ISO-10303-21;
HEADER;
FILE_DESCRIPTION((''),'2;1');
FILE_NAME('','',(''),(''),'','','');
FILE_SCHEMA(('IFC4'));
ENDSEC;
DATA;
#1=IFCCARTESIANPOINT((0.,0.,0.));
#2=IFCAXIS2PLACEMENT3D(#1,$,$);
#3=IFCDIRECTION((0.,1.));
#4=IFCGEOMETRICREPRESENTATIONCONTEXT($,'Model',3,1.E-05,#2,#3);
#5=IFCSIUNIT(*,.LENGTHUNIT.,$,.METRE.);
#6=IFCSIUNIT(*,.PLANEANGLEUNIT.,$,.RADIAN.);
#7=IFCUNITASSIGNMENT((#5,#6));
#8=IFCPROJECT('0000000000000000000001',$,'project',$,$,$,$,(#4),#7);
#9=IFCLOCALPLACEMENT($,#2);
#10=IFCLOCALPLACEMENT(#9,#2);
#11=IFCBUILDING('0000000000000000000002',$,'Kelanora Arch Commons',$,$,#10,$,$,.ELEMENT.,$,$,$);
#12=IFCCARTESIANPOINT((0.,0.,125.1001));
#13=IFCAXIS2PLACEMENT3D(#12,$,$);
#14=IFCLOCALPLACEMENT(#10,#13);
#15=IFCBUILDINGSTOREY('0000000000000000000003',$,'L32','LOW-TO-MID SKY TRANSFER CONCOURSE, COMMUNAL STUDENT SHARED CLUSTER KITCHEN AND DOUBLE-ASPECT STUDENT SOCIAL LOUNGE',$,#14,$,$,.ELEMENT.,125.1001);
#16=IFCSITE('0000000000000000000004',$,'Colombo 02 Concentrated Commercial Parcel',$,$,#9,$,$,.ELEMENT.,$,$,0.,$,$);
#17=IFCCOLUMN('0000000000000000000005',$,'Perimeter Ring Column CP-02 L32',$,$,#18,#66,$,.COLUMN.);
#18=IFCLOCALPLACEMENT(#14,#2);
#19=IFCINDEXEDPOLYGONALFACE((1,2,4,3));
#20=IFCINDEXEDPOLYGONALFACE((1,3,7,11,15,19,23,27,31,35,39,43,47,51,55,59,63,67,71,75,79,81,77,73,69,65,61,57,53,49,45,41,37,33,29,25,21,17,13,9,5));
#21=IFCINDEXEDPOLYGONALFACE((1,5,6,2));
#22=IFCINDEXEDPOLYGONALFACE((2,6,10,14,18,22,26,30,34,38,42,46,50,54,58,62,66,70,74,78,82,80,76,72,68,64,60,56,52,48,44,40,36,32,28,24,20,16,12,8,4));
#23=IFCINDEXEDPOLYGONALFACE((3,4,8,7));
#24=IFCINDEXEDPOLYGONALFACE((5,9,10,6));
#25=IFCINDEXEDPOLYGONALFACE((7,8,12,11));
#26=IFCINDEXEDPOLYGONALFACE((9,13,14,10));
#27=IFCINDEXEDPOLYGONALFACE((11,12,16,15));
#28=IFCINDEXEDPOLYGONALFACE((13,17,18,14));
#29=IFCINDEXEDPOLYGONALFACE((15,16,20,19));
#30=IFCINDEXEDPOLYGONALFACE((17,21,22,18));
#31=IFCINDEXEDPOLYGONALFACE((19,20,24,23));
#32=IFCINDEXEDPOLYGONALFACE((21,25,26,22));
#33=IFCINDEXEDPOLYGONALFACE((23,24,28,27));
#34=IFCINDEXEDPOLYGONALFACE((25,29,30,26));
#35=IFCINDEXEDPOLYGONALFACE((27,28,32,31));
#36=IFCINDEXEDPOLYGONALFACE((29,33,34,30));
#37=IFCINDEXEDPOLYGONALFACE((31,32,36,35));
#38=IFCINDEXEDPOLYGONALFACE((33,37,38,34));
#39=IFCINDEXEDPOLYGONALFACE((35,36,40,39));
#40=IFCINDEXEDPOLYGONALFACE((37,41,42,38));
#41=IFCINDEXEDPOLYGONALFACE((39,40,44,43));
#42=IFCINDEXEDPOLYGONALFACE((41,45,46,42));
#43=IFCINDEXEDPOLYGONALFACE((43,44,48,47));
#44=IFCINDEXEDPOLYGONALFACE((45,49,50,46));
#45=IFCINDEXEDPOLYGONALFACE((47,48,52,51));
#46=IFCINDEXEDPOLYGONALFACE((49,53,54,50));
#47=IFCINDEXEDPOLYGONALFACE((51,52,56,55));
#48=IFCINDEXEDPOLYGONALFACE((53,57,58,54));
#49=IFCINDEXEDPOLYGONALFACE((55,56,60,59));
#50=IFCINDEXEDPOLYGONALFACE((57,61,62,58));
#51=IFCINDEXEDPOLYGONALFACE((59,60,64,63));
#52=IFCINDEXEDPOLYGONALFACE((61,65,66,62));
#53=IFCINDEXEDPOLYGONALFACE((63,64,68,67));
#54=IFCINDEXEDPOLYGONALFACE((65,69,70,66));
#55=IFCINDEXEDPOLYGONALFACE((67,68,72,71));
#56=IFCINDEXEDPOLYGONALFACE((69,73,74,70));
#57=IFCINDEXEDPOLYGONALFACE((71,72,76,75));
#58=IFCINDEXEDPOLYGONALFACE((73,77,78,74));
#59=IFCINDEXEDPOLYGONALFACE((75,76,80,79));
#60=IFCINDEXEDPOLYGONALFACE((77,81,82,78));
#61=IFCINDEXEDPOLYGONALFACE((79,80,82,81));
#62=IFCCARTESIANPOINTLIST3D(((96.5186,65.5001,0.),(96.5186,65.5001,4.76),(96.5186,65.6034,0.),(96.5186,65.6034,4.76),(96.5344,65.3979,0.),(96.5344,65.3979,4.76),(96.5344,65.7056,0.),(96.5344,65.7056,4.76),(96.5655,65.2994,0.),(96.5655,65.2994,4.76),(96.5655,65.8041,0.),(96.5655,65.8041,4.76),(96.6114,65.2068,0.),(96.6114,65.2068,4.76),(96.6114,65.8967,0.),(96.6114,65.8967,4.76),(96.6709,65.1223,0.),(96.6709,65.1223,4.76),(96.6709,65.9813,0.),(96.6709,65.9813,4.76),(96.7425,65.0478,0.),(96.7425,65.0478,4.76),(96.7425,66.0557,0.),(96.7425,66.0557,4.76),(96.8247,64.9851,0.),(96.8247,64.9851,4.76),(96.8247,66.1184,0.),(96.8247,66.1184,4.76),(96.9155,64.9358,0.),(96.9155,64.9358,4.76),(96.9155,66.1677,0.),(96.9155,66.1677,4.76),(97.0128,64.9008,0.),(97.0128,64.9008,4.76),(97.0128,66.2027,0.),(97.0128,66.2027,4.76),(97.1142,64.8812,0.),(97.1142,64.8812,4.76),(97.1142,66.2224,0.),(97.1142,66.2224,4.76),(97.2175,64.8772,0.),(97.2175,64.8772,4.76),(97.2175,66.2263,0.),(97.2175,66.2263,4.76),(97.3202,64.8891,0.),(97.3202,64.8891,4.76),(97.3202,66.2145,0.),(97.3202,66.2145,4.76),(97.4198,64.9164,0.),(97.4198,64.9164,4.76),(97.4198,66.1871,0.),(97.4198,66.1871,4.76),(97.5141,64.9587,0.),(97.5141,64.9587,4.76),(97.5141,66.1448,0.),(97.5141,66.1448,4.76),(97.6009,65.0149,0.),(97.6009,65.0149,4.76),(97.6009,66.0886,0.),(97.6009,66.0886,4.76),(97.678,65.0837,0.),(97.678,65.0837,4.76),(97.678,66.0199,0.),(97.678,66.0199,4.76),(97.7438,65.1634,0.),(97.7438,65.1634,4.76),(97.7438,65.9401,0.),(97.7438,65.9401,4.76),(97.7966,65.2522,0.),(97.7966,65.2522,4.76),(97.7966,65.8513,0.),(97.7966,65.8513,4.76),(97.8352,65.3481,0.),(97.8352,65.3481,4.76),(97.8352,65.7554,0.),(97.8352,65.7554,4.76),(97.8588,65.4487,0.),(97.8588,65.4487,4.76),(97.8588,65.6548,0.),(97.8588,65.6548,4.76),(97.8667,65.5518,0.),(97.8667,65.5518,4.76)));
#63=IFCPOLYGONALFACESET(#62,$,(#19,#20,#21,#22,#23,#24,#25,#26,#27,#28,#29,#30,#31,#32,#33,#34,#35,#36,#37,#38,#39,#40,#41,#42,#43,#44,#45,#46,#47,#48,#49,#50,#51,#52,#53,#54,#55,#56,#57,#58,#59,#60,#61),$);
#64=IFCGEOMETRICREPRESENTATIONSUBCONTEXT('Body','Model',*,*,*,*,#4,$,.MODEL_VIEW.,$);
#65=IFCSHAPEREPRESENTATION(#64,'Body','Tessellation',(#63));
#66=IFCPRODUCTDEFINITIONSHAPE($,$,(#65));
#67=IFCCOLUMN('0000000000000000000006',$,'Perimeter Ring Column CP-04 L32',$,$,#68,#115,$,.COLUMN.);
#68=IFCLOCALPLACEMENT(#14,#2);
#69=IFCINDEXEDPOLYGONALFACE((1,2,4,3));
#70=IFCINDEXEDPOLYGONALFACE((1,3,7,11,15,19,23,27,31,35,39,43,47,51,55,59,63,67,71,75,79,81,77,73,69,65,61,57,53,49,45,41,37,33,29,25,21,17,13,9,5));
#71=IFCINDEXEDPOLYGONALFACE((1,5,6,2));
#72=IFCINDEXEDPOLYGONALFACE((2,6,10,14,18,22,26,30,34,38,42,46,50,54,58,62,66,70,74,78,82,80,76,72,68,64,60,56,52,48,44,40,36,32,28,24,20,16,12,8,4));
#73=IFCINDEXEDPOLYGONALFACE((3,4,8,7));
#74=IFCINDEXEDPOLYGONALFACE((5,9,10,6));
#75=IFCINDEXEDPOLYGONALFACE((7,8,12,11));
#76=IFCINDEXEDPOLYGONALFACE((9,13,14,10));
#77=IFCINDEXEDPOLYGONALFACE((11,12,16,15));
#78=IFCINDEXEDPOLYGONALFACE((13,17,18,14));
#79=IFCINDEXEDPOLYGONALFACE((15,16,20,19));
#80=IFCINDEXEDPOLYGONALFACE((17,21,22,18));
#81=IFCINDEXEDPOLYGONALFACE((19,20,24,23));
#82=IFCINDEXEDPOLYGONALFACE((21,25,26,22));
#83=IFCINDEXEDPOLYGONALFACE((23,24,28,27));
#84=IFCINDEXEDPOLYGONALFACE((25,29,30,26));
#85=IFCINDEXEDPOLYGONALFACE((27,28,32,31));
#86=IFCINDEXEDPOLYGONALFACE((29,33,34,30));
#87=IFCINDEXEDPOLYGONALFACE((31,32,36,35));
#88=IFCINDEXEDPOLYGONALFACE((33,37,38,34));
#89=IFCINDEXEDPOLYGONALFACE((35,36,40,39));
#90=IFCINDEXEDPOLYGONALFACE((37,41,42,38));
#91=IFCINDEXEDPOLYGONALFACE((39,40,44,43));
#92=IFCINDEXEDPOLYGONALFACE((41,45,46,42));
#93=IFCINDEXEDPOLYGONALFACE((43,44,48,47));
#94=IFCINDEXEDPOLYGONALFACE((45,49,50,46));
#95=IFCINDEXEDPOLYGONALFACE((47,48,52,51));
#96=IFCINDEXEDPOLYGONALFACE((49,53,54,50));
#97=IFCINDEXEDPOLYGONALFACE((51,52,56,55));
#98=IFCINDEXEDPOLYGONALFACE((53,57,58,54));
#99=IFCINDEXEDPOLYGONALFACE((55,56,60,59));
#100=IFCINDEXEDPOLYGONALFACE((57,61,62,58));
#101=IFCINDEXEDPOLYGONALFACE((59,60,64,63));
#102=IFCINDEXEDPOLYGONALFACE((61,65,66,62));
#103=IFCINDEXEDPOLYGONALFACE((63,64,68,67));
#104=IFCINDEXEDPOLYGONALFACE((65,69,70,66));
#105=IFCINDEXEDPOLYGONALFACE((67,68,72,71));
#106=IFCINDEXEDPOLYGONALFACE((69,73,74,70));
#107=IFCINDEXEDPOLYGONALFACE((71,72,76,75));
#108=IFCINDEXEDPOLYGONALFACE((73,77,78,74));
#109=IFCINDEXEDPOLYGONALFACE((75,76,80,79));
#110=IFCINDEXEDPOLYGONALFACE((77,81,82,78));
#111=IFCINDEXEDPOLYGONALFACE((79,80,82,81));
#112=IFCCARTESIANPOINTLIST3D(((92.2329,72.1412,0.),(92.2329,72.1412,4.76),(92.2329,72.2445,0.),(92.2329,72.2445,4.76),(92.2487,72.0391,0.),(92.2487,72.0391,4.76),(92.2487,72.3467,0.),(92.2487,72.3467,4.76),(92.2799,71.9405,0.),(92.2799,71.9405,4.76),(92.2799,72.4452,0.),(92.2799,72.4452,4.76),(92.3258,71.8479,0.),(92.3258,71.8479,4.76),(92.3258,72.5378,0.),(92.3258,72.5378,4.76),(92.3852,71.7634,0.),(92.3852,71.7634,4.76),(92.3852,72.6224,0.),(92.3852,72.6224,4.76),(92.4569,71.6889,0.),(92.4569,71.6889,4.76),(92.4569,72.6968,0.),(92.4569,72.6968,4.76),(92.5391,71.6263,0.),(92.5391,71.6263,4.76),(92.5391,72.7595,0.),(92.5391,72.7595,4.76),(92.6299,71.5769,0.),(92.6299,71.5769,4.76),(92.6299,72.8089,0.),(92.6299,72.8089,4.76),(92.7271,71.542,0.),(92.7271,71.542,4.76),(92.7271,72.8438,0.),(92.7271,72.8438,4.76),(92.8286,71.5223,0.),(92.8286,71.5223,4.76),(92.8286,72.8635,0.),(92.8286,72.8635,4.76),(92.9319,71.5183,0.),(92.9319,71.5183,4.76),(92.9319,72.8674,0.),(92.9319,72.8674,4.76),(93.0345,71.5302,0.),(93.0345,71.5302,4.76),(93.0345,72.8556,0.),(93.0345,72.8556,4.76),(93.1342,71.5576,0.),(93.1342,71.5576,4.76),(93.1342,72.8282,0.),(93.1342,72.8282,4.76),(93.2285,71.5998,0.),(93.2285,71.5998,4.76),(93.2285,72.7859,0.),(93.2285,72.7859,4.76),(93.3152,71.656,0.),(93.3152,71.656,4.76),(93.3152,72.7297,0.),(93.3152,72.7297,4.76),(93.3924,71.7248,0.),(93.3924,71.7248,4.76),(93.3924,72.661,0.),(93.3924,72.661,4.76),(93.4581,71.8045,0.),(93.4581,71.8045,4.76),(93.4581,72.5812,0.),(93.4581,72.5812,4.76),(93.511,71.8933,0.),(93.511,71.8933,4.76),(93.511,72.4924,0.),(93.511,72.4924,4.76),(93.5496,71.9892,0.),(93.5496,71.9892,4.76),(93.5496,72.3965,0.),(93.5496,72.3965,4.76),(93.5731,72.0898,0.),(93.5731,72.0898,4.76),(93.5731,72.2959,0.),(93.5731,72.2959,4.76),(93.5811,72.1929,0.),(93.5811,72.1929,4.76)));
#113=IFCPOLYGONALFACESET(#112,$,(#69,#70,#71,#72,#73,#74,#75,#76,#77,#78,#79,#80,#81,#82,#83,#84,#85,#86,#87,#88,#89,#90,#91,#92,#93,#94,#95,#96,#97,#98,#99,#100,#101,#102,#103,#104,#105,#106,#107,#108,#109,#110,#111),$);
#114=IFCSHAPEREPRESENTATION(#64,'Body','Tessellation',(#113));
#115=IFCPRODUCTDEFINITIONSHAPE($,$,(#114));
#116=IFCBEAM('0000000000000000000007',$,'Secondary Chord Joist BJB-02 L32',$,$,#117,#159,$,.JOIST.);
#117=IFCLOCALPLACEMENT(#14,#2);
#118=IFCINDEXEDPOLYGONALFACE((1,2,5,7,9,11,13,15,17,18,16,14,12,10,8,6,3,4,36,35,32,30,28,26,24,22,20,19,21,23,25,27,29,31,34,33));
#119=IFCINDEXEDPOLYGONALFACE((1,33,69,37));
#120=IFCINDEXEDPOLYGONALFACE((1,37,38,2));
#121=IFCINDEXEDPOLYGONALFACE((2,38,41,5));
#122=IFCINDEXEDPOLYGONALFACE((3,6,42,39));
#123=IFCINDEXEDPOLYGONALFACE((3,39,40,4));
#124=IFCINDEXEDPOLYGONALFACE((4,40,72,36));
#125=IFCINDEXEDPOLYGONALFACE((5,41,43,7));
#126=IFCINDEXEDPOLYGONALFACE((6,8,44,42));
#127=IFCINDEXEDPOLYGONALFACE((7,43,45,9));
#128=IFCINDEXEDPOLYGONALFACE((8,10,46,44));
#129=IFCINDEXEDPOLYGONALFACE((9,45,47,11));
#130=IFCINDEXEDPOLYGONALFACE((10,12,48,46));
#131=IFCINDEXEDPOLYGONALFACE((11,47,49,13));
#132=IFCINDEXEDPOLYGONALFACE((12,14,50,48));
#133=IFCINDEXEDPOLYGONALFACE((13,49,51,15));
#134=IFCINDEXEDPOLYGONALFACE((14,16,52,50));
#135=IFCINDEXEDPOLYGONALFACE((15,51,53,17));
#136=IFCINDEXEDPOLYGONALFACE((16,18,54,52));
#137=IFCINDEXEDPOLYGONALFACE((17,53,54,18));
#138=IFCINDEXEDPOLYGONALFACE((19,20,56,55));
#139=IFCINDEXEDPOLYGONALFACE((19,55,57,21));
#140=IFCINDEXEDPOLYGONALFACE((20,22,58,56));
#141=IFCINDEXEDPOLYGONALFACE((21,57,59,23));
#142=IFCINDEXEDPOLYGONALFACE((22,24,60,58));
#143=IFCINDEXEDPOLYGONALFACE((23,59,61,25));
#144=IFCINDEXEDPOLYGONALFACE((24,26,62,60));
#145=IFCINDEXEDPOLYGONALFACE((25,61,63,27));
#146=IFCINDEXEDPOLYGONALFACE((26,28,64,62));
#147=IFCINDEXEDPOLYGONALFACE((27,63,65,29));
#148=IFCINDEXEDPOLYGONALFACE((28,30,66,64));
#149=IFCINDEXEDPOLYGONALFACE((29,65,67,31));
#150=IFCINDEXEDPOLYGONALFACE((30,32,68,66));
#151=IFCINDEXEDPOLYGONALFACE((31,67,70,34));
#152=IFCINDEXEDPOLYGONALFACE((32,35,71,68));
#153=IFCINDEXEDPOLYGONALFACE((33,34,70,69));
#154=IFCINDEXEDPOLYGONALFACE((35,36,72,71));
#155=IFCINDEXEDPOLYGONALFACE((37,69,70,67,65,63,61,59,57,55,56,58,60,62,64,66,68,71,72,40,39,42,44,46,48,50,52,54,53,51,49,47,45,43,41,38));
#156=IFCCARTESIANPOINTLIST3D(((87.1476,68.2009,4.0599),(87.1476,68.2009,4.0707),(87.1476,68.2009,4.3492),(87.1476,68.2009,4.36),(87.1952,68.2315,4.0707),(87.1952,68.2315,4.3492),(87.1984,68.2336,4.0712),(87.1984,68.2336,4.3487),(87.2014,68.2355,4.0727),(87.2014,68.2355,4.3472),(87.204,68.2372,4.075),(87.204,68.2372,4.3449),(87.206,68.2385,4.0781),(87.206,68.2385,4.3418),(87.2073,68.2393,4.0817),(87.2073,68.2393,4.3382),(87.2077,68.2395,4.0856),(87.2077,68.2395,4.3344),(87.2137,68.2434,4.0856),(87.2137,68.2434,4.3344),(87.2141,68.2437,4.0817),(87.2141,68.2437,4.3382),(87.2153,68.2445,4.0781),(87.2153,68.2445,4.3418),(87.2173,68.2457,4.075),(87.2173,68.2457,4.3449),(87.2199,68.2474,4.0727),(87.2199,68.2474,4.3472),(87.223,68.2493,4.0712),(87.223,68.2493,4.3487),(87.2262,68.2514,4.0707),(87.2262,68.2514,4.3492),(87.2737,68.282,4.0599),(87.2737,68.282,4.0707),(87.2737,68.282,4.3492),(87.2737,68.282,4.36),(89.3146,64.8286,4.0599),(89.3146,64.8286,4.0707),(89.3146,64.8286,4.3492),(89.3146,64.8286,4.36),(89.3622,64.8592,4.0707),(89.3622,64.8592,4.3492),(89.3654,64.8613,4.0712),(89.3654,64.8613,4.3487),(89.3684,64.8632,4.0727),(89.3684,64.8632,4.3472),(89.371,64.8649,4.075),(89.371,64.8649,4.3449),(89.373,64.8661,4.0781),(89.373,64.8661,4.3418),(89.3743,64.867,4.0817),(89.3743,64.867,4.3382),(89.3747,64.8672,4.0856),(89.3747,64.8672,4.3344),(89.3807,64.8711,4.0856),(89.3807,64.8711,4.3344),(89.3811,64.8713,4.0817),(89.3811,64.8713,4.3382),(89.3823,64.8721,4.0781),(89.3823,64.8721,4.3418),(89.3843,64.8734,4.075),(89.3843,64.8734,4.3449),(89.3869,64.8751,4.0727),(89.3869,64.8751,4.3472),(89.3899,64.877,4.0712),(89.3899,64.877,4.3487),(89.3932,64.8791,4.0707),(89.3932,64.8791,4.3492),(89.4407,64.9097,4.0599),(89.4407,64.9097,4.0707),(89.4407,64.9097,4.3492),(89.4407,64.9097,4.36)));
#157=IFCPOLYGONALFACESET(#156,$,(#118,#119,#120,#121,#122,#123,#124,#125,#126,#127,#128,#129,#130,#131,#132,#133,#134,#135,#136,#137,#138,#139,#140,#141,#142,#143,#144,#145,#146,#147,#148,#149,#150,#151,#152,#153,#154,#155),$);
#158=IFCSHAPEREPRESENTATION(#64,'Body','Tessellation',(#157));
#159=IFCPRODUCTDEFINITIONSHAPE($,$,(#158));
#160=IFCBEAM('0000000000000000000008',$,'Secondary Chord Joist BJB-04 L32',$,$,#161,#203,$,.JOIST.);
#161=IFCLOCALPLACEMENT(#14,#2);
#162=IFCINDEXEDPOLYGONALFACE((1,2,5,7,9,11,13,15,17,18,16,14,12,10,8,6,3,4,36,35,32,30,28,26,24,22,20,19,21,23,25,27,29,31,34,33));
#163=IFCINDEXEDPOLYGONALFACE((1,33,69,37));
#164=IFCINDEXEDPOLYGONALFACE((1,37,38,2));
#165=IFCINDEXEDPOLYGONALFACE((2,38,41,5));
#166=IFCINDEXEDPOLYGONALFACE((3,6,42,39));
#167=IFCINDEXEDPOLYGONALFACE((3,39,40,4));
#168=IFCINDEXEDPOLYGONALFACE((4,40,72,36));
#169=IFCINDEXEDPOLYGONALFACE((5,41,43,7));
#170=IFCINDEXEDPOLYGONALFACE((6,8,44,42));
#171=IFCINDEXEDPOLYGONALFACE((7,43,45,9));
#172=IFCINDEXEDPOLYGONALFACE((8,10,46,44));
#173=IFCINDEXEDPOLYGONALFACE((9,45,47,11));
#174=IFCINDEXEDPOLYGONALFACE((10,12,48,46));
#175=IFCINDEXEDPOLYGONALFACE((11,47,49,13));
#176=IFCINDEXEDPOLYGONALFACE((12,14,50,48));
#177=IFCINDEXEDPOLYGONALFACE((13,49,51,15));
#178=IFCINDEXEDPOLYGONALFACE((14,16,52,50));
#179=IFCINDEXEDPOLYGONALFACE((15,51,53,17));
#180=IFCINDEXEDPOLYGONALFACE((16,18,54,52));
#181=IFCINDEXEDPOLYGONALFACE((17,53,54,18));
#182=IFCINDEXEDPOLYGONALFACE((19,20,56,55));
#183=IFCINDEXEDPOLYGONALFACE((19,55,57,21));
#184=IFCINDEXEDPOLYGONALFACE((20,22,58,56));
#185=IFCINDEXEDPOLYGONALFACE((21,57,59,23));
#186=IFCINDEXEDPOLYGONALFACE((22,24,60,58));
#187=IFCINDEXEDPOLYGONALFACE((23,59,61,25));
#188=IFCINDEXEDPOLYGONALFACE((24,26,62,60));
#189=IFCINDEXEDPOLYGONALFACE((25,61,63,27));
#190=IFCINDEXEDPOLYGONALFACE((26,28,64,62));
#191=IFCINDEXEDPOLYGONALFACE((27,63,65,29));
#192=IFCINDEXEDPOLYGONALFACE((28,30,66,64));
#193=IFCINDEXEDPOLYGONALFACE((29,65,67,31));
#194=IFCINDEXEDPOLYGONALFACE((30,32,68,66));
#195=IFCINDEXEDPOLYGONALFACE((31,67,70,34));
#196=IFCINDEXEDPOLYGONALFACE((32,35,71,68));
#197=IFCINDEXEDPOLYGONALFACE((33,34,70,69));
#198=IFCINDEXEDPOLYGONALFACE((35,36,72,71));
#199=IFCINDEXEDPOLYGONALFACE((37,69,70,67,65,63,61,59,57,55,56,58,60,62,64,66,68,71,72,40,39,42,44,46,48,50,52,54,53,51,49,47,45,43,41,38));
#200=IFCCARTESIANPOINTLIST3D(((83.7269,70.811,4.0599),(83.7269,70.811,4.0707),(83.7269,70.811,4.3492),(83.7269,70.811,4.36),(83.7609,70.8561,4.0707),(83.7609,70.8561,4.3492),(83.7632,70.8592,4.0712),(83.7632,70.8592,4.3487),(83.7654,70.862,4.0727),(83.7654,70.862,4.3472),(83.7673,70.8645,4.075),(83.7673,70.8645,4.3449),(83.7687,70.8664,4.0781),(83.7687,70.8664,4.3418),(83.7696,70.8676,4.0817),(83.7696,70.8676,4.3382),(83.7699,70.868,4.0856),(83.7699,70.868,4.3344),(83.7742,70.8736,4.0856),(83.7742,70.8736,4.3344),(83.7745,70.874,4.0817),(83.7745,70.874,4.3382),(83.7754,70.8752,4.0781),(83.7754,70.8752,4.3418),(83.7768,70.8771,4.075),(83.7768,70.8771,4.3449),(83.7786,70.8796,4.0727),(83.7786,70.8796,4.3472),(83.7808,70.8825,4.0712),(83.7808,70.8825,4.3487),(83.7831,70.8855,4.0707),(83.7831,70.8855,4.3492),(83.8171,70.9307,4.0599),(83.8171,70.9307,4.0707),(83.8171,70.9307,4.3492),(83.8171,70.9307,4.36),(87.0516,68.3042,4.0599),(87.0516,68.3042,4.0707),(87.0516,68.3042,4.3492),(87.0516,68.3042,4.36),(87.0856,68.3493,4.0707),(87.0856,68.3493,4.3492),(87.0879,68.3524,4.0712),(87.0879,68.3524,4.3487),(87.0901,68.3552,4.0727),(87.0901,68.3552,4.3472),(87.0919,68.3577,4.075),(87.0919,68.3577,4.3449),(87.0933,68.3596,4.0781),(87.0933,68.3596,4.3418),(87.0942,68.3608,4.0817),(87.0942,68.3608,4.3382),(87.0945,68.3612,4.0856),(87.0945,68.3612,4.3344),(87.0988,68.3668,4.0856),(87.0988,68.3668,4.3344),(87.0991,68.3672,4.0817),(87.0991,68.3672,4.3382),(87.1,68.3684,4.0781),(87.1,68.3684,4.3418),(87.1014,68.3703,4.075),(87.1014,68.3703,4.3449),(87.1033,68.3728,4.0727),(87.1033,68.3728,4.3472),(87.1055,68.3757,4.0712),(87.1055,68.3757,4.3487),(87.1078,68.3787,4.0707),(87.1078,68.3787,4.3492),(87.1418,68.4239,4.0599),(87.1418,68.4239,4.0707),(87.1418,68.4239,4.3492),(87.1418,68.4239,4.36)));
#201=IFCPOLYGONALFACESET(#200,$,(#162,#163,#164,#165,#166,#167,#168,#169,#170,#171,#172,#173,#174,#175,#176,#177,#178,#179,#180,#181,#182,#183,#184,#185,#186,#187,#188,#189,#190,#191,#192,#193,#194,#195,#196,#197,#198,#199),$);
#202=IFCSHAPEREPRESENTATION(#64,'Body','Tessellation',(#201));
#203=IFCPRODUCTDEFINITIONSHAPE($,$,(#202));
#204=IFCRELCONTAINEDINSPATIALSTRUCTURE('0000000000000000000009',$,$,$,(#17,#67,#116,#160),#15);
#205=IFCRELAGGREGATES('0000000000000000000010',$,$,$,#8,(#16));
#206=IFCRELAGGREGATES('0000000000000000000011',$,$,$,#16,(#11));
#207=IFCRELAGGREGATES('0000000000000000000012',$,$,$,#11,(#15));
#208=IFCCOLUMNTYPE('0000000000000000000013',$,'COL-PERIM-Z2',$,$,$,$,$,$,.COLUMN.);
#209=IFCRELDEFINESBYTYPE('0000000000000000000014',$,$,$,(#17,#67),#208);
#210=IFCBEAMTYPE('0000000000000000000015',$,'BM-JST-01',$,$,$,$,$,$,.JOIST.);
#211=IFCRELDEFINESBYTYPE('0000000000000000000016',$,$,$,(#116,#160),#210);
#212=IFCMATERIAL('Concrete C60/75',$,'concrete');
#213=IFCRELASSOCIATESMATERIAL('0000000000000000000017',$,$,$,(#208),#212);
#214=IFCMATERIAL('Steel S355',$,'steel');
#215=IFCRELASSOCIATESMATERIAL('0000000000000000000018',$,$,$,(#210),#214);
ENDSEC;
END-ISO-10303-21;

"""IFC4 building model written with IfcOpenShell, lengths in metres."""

from ifc_helpers import new_model, si_unit, direction, frame, origin, origin_2d, place, context, subcontext, project, spatial, circle, i_section, extrude, material, material_profile, profile_set, type_object, element, save


model = new_model("IFC4")

# Units and contexts
model_context = context("Model", 3, precision=1e-05, world=origin(), true_north=direction((0.0, 1.0)))
body_context = subcontext(model_context, "Body", "Model", "MODEL_VIEW")
ifc_project = project(units=[si_unit("LENGTHUNIT", "METRE"), si_unit("PLANEANGLEUNIT", "RADIAN")], contexts=[model_context])

# Site, building, storey
site_placement = place(None, origin())
site = spatial("IfcSite", under=ifc_project, at=site_placement, Name="Colombo 02 Concentrated Commercial Parcel", CompositionType="ELEMENT", RefElevation=0.0)
building_placement = place(site_placement, origin())
building = spatial("IfcBuilding", under=site, at=building_placement, Name="Kelanora Arch Commons", CompositionType="ELEMENT")
storey_placement = place(building_placement, frame((0.0, 0.0, 125.1001)))
storey = spatial("IfcBuildingStorey", under=building, at=storey_placement, Name="L32", Description="LOW-TO-MID SKY TRANSFER CONCOURSE, COMMUNAL STUDENT SHARED CLUSTER KITCHEN AND DOUBLE-ASPECT STUDENT SOCIAL LOUNGE", CompositionType="ELEMENT", Elevation=125.1001)

# Columns
ifc_material_1 = material(Name="Concrete C60/75", Category="concrete")
ifc_material_profile_1 = material_profile(ifc_material_1, circle(Radius=0.675, at=origin_2d()), Name="RCC1350")
ifc_profile_set_1 = profile_set([ifc_material_profile_1], Name="Concrete C60/75")
column_type = type_object("IfcColumnType", Name="COL-PERIM-Z2", PredefinedType="COLUMN", material=ifc_profile_set_1)
for number, where, z_axis, x_axis, name in (
    (1, (97.1917, 65.5518, 0.0), (0.0, 0.0, 1.0), (1.0, 0.0, 0.0), "Perimeter Ring Column CP-02 L32"),
    (2, (92.906, 72.1929, 0.0), (0.0, 0.0, 1.0), (1.0, 0.0, 0.0), "Perimeter Ring Column CP-04 L32"),
):
    element("IfcColumn", number, at=place(storey_placement, frame(where, z_axis=z_axis, x_axis=x_axis)), inside=storey, type_object=column_type, Name=name, PredefinedType="COLUMN", context=body_context, shape_type="SweptSolid", body=[
        extrude(circle(Radius=0.675, at=origin_2d()), origin(), (0.0, 0.0, 1.0), 4.76),
    ])

# Beams
ifc_material_2 = material(Name="Steel S355", Category="steel")
ifc_material_profile_2 = material_profile(ifc_material_2, i_section(OverallWidth=0.1499, OverallDepth=0.3, WebThickness=0.0071, FlangeThickness=0.0107, FilletRadius=0.0149, at=origin_2d()), Name="IPE300")
ifc_profile_set_2 = profile_set([ifc_material_profile_2], Name="Steel S355")
beam_type_1 = type_object("IfcBeamType", Name="BM-JST-01", PredefinedType="JOIST", material=ifc_profile_set_2)
beam_1_placement = place(storey_placement, frame((89.3777, 64.8691, 4.21), z_axis=(-0.540594, 0.841283, 0.0), x_axis=(-0.841283, -0.540594, 0.0)))
element("IfcBeam", 3, at=beam_1_placement, inside=storey, type_object=beam_type_1, Name="Secondary Chord Joist BJB-02 L32", PredefinedType="JOIST", context=body_context, shape_type="SweptSolid", body=[
    extrude(i_section(OverallWidth=0.1499, OverallDepth=0.3, WebThickness=0.0071, FlangeThickness=0.0107, FilletRadius=0.0149, at=origin_2d()), origin(), (0.0, 0.0, 1.0), 4.0085),
])
beam_2_placement = place(storey_placement, frame((87.0967, 68.364, 4.21), z_axis=(-0.798464, 0.602043, 0.0), x_axis=(-0.602043, -0.798464, 0.0)))
element("IfcBeam", 4, at=beam_2_placement, inside=storey, type_object=beam_type_1, Name="Secondary Chord Joist BJB-04 L32", PredefinedType="JOIST", context=body_context, shape_type="SweptSolid", body=[
    extrude(i_section(OverallWidth=0.1499, OverallDepth=0.3, WebThickness=0.0071, FlangeThickness=0.0107, FilletRadius=0.0149, at=origin_2d()), origin(), (0.0, 0.0, 1.0), 4.1638),
])

save(model, "model.ifc")
